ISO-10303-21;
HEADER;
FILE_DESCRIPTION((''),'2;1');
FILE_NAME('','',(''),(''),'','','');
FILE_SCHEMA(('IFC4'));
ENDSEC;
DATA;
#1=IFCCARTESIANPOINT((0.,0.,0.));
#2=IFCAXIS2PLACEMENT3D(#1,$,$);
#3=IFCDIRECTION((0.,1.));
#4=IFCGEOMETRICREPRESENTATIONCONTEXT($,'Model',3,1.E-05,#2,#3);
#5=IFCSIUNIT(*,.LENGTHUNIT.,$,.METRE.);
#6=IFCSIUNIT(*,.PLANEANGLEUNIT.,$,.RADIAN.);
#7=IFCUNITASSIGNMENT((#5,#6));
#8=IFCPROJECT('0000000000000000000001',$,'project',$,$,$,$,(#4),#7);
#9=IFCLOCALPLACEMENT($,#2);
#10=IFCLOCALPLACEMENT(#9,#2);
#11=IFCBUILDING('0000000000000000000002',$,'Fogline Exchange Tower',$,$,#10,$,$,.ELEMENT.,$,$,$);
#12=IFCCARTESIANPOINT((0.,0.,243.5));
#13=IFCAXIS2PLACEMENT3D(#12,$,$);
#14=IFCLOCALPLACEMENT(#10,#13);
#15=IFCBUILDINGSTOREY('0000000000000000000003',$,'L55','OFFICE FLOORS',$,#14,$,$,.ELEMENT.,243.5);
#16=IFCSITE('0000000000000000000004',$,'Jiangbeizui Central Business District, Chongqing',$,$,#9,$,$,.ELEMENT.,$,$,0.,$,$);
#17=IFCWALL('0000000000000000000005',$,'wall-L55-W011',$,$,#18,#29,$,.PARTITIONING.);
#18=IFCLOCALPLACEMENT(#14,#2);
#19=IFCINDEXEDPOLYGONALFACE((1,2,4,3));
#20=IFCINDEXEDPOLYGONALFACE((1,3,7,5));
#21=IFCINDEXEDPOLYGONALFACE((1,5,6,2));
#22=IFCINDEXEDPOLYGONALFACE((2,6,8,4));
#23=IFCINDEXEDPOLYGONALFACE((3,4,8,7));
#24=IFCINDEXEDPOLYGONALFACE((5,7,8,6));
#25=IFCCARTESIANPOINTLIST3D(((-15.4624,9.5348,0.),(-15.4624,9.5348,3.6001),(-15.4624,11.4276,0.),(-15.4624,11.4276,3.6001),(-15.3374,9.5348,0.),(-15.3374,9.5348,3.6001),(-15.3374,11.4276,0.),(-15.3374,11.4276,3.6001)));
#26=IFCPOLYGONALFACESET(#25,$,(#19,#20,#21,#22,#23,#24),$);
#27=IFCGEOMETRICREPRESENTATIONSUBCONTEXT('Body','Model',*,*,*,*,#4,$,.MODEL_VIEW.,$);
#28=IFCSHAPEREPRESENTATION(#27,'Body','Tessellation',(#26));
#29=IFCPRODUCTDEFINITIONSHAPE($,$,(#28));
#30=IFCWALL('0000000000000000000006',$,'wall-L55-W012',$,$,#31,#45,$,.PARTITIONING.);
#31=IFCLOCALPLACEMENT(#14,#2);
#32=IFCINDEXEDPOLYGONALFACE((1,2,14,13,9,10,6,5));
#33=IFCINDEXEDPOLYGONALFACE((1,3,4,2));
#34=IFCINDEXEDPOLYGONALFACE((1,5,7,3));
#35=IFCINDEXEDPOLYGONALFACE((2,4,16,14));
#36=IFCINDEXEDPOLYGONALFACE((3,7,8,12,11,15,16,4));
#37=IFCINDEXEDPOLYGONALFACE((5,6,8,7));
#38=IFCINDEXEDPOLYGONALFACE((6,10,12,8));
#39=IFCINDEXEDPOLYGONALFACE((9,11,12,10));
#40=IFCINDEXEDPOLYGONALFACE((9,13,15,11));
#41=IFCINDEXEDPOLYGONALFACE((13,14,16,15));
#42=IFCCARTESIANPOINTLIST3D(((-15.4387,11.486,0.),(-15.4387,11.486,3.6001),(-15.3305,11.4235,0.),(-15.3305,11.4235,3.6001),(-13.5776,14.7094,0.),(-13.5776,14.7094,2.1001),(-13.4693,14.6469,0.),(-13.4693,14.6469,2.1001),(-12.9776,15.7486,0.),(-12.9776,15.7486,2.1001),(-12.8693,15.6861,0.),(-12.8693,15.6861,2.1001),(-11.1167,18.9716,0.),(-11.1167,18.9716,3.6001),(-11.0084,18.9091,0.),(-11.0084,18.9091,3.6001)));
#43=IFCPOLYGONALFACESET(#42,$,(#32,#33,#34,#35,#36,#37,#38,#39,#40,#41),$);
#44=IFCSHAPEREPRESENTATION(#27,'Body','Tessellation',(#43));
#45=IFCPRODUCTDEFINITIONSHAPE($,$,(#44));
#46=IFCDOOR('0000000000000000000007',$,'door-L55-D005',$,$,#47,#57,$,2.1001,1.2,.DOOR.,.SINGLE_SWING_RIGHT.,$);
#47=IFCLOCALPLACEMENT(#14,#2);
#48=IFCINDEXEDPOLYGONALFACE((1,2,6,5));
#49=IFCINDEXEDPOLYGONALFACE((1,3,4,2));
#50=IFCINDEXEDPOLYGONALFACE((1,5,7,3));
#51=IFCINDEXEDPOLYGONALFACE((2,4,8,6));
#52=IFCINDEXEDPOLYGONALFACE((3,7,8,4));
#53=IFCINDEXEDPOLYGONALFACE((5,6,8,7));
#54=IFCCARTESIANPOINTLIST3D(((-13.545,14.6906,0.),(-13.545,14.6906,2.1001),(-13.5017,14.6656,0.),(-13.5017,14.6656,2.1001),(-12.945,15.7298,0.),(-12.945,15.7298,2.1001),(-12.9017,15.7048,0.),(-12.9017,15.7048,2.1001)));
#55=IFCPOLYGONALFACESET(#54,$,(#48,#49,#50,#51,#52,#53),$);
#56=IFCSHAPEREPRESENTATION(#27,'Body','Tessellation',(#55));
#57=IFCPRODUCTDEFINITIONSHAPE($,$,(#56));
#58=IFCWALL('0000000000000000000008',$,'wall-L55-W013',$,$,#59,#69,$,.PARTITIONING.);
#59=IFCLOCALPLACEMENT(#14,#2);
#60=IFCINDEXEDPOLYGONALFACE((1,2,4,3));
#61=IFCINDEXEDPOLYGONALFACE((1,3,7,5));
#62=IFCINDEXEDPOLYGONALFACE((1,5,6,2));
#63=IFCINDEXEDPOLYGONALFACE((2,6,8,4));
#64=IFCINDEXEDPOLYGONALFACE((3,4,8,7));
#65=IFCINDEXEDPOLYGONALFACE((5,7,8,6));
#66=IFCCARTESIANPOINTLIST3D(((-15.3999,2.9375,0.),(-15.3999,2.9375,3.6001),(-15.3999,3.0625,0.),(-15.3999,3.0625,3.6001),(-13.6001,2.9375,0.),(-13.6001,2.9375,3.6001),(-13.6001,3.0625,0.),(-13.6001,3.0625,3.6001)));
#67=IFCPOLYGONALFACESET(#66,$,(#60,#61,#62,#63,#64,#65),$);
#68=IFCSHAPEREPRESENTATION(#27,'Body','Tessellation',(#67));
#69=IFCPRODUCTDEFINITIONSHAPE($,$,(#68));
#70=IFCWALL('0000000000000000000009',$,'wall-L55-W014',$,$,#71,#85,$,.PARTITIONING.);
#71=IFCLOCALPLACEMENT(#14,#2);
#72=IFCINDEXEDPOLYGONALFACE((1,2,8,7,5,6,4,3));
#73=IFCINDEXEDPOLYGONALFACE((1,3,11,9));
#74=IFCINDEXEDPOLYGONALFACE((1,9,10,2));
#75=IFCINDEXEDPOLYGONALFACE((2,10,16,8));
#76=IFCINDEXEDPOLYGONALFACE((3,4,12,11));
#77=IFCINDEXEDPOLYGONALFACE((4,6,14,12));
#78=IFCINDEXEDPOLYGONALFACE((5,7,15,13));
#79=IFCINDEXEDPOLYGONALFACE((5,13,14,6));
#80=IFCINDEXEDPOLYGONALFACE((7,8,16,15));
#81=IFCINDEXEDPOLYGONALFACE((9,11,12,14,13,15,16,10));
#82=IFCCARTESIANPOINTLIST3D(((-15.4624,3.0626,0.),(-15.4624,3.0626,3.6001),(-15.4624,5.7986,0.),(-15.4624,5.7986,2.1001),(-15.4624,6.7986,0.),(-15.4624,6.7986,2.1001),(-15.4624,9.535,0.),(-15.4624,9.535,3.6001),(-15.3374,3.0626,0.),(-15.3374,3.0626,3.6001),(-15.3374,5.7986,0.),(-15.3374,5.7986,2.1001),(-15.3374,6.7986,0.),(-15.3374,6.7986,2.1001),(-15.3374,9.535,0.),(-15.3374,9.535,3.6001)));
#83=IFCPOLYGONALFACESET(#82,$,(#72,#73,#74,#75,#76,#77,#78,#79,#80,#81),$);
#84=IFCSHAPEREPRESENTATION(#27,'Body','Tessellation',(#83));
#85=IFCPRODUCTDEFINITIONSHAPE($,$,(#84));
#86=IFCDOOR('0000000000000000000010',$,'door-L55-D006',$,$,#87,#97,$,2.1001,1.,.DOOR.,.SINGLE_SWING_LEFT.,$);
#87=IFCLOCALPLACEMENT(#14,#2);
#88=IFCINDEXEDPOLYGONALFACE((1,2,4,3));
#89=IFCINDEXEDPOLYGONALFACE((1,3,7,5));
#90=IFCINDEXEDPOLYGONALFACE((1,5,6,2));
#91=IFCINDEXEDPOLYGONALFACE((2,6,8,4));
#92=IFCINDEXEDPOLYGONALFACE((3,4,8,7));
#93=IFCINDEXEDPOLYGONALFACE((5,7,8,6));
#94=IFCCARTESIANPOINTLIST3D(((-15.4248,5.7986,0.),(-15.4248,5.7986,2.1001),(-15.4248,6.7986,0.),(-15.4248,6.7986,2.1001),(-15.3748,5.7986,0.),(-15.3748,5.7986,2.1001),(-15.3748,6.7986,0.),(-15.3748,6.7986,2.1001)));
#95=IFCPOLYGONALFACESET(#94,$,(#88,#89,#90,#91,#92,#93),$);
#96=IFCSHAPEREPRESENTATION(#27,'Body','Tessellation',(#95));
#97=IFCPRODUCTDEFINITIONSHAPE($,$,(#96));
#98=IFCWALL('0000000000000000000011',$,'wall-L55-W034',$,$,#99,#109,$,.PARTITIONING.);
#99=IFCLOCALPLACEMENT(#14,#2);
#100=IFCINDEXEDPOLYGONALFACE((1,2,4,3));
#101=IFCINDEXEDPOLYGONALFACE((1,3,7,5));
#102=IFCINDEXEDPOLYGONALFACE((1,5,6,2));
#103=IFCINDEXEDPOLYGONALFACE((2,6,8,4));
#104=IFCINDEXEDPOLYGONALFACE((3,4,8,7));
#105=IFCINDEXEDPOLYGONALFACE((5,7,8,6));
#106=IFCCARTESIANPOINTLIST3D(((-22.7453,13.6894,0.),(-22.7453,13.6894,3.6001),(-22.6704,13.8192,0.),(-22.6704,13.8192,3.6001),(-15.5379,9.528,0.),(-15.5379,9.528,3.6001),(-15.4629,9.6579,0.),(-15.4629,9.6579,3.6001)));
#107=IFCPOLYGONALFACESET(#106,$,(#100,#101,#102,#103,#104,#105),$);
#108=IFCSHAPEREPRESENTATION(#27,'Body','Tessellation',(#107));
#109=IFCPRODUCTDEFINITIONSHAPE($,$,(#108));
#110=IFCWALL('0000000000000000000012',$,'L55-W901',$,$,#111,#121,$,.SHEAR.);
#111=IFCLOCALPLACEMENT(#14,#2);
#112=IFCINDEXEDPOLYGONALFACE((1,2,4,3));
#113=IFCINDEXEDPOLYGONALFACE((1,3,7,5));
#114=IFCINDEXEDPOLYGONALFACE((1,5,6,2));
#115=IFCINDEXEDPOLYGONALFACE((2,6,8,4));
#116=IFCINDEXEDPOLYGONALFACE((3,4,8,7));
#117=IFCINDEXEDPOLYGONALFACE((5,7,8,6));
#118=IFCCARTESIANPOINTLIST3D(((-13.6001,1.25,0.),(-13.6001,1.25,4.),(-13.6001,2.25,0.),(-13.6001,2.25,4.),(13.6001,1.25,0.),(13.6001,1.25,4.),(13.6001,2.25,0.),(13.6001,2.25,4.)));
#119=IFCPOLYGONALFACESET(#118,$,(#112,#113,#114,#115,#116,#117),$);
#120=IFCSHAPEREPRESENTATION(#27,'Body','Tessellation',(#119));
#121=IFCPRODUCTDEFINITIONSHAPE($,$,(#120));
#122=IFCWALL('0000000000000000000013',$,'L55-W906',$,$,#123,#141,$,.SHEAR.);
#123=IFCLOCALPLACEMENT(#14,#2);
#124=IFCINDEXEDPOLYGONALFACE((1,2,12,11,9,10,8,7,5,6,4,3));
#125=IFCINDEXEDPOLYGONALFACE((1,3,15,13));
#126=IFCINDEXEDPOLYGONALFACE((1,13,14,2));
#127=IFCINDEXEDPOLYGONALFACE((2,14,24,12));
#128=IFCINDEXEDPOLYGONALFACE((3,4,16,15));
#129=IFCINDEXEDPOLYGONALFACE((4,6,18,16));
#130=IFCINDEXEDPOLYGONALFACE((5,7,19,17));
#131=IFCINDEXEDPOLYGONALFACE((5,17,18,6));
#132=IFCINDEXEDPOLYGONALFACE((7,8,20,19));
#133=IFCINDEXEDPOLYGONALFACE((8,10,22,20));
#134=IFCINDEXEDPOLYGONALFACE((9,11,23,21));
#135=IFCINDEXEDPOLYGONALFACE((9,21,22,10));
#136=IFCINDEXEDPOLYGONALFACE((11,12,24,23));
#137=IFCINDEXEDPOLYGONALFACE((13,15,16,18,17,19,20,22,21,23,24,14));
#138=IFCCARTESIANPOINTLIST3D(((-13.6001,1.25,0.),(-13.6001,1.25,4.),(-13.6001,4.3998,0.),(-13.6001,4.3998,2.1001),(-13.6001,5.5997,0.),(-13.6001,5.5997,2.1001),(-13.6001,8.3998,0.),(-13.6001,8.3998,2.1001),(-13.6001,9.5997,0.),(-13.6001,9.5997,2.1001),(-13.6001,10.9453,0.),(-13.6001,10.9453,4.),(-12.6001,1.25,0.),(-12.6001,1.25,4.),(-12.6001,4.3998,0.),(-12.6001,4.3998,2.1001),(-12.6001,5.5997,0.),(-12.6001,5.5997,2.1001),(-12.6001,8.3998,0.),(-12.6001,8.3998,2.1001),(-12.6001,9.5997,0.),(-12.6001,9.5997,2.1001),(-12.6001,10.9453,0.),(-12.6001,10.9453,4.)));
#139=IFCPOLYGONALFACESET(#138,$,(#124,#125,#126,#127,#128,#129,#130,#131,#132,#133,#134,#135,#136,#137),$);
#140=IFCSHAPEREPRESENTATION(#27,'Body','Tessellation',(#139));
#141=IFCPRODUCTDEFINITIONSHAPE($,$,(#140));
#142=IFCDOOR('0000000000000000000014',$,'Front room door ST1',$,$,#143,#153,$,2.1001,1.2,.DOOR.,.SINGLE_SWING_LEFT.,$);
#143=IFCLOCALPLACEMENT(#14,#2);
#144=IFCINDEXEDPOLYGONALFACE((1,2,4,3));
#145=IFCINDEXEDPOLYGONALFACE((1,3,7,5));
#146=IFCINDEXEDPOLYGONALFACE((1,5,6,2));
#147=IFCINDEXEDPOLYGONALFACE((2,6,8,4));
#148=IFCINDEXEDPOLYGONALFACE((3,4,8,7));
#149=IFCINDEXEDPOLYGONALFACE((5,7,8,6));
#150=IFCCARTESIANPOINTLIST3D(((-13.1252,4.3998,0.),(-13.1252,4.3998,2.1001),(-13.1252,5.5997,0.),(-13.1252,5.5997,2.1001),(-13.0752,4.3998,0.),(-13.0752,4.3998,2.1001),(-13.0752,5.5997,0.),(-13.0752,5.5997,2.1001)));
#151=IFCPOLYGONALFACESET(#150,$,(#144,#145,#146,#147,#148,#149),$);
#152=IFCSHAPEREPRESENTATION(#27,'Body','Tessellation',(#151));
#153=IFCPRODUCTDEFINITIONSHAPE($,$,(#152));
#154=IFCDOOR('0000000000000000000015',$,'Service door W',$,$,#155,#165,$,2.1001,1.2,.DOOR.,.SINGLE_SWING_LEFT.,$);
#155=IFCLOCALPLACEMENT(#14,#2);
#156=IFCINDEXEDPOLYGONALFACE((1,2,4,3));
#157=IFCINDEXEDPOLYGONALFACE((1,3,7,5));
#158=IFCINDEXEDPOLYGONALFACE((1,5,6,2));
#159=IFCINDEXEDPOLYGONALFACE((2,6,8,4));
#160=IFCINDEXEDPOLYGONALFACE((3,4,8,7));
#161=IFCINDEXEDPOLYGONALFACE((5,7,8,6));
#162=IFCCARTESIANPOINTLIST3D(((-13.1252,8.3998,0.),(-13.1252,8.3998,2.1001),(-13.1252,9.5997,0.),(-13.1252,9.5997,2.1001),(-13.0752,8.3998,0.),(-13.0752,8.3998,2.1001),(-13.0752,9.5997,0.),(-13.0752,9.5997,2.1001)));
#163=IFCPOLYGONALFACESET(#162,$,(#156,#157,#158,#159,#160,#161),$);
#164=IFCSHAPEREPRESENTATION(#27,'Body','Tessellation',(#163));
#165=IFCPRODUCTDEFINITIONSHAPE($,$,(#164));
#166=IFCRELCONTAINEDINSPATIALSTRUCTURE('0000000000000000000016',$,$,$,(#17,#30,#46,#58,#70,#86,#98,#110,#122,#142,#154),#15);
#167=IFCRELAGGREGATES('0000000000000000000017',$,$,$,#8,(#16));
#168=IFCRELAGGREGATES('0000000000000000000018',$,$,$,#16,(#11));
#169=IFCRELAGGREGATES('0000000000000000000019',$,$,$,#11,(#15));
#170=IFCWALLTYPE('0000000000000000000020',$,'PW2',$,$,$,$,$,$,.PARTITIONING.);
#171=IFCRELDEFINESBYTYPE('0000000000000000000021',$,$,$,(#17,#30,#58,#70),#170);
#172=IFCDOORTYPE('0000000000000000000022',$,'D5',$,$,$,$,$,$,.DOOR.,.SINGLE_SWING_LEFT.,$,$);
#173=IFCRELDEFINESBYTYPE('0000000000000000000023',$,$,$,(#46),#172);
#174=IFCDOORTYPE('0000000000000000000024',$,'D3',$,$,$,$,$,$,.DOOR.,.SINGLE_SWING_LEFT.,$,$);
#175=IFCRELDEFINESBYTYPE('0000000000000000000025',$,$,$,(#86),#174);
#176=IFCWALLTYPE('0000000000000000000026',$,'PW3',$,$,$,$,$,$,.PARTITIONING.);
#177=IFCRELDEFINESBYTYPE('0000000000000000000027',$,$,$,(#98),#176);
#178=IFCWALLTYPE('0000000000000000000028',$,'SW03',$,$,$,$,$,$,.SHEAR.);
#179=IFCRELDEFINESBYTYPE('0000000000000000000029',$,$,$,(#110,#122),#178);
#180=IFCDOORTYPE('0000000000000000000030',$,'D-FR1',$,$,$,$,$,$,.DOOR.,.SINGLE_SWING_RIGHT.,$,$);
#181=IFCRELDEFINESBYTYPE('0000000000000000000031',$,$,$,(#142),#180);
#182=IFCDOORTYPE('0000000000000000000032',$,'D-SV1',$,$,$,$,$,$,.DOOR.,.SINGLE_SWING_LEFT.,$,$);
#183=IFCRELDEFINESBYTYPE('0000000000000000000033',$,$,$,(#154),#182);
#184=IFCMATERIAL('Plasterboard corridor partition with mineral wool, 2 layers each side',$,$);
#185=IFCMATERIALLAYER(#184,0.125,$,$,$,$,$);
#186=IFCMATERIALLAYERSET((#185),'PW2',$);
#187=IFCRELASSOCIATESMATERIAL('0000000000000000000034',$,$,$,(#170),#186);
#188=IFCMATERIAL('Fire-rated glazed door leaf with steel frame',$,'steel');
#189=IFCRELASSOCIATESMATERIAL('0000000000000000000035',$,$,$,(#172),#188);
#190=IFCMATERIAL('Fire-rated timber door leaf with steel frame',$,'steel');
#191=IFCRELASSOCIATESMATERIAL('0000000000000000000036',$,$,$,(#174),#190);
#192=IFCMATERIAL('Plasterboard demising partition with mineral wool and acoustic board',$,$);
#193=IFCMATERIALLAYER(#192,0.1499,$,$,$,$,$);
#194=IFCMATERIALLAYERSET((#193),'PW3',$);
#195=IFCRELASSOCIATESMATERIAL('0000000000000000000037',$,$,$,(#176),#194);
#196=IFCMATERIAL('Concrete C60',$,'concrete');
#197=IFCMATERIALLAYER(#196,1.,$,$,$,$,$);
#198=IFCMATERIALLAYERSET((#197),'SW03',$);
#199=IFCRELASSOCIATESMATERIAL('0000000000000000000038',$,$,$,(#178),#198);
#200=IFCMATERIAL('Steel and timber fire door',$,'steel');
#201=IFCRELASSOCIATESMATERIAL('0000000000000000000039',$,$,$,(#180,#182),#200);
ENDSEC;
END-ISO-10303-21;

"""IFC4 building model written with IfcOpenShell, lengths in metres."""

from ifc_helpers import new_model, si_unit, direction, frame, frame_2d, origin, place, context, subcontext, project, spatial, rectangle, extrude, material, layer, layer_set, type_object, element, fill, save


model = new_model("IFC4")

# Units and contexts
model_context = context("Model", 3, precision=1e-05, world=origin(), true_north=direction((0.0, 1.0)))
body_context = subcontext(model_context, "Body", "Model", "MODEL_VIEW")
ifc_project = project(units=[si_unit("LENGTHUNIT", "METRE"), si_unit("PLANEANGLEUNIT", "RADIAN")], contexts=[model_context])

# Site, building, storey
site_placement = place(None, origin())
site = spatial("IfcSite", under=ifc_project, at=site_placement, Name="Jiangbeizui Central Business District, Chongqing", CompositionType="ELEMENT", RefElevation=0.0)
building_placement = place(site_placement, origin())
building = spatial("IfcBuilding", under=site, at=building_placement, Name="Fogline Exchange Tower", CompositionType="ELEMENT")
storey_placement = place(building_placement, frame((0.0, 0.0, 243.5)))
storey = spatial("IfcBuildingStorey", under=building, at=storey_placement, Name="L55", Description="OFFICE FLOORS", CompositionType="ELEMENT", Elevation=243.5)

# Shared definitions
ifc_material_1 = material(Name="Steel and timber fire door", Category="steel")

# Wall
ifc_material_2 = material(Name="Plasterboard corridor partition with mineral wool, 2 layers each side")
ifc_layer_1 = layer(ifc_material_2, 0.125)
ifc_layer_set_1 = layer_set([ifc_layer_1], Name="PW2")
wall_type_1 = type_object("IfcWallType", Name="PW2", PredefinedType="PARTITIONING", material=ifc_layer_set_1)
wall_1_placement = place(storey_placement, frame((-15.3999, 9.5349, 0.0), z_axis=(0.0, 0.0, 1.0), x_axis=(0.0, 1.0, 0.0)))
element("IfcWall", 1, at=wall_1_placement, inside=storey, type_object=wall_type_1, Name="wall-L55-W011", PredefinedType="PARTITIONING", context=body_context, shape_type="SweptSolid", body=[
    extrude(rectangle(XDim=1.8928, YDim=0.125, at=frame_2d((0.9463, 0.0))), origin(), (0.0, 0.0, 1.0), 3.6001),
])

# Wall, opening, door
wall_2_placement = place(storey_placement, frame((-15.3845, 11.4548, 0.0), z_axis=(0.0, 0.0, 1.0), x_axis=(0.500018, 0.866015, 0.0)))
wall_2 = element("IfcWall", 2, at=wall_2_placement, inside=storey, type_object=wall_type_1, Name="wall-L55-W012", PredefinedType="PARTITIONING", context=body_context, shape_type="SweptSolid", body=[
    extrude(rectangle(XDim=8.6438, YDim=0.125, at=frame_2d((4.3218, 0.0))), origin(), (0.0, 0.0, 1.0), 3.6001),
])
opening_1_placement = place(wall_2_placement, frame((3.7219, 0.0, 0.0)))
opening_1 = element("IfcOpeningElement", 3, at=opening_1_placement, cuts=wall_2, PredefinedType="OPENING", context=body_context, shape_type="SweptSolid", body=[
    extrude(rectangle(XDim=1.2, YDim=2.1001, at=frame_2d((0.6001, 1.05))), frame((0.0, 0.0725, 0.0), z_axis=(0.0, -1.0, 0.0), x_axis=(1.0, 0.0, 0.0)), (0.0, 0.0, 1.0), 0.145),
])
ifc_material_3 = material(Name="Fire-rated glazed door leaf with steel frame", Category="steel")
door_type_1 = type_object("IfcDoorType", Name="D5", OperationType="SINGLE_SWING_LEFT", PredefinedType="DOOR", material=ifc_material_3)
door_1_placement = place(opening_1_placement, origin())
door_1 = element("IfcDoor", 4, at=door_1_placement, inside=storey, type_object=door_type_1, Name="door-L55-D005", OperationType="SINGLE_SWING_RIGHT", OverallHeight=2.1001, OverallWidth=1.2, PredefinedType="DOOR", context=body_context, shape_type="SweptSolid", body=[
    extrude(rectangle(XDim=1.2, YDim=2.1001, at=frame_2d((0.6001, 1.05))), frame((0.0, 0.0249, 0.0), z_axis=(0.0, -1.0, 0.0), x_axis=(1.0, 0.0, 0.0)), (0.0, 0.0, 1.0), 0.05),
])
fill(opening_1, door_1)

# Wall
wall_3_placement = place(storey_placement, frame((-13.6001, 3.0, 0.0), z_axis=(0.0, 0.0, 1.0), x_axis=(-1.0, 0.0, 0.0)))
element("IfcWall", 5, at=wall_3_placement, inside=storey, type_object=wall_type_1, Name="wall-L55-W013", PredefinedType="PARTITIONING", context=body_context, shape_type="SweptSolid", body=[
    extrude(rectangle(XDim=1.7998, YDim=0.125, at=frame_2d((0.8999, 0.0))), origin(), (0.0, 0.0, 1.0), 3.6001),
])

# Wall, opening, door
wall_4_placement = place(storey_placement, frame((-15.3999, 3.0625, 0.0), z_axis=(0.0, 0.0, 1.0), x_axis=(0.0, 1.0, 0.0)))
wall_4 = element("IfcWall", 6, at=wall_4_placement, inside=storey, type_object=wall_type_1, Name="wall-L55-W014", PredefinedType="PARTITIONING", context=body_context, shape_type="SweptSolid", body=[
    extrude(rectangle(XDim=6.4724, YDim=0.125, at=frame_2d((3.2363, 0.0))), origin(), (0.0, 0.0, 1.0), 3.6001),
])
opening_2_placement = place(wall_4_placement, frame((2.7361, 0.0, 0.0)))
opening_2 = element("IfcOpeningElement", 7, at=opening_2_placement, cuts=wall_4, PredefinedType="OPENING", context=body_context, shape_type="SweptSolid", body=[
    extrude(rectangle(XDim=1.0, YDim=2.1001, at=frame_2d((0.5, 1.05))), frame((0.0, 0.0725, 0.0), z_axis=(0.0, -1.0, 0.0), x_axis=(1.0, 0.0, 0.0)), (0.0, 0.0, 1.0), 0.145),
])
ifc_material_4 = material(Name="Fire-rated timber door leaf with steel frame", Category="steel")
door_type_2 = type_object("IfcDoorType", Name="D3", OperationType="SINGLE_SWING_LEFT", PredefinedType="DOOR", material=ifc_material_4)
door_2_placement = place(opening_2_placement, origin())
door_2 = element("IfcDoor", 8, at=door_2_placement, inside=storey, type_object=door_type_2, Name="door-L55-D006", OperationType="SINGLE_SWING_LEFT", OverallHeight=2.1001, OverallWidth=1.0, PredefinedType="DOOR", context=body_context, shape_type="SweptSolid", body=[
    extrude(rectangle(XDim=1.0, YDim=2.1001, at=frame_2d((0.5, 1.05))), frame((0.0, 0.0249, 0.0), z_axis=(0.0, -1.0, 0.0), x_axis=(1.0, 0.0, 0.0)), (0.0, 0.0, 1.0), 0.05),
])
fill(opening_2, door_2)

# Walls
ifc_material_5 = material(Name="Plasterboard demising partition with mineral wool and acoustic board")
ifc_layer_2 = layer(ifc_material_5, 0.1499)
ifc_layer_set_2 = layer_set([ifc_layer_2], Name="PW3")
wall_type_2 = type_object("IfcWallType", Name="PW3", PredefinedType="PARTITIONING", material=ifc_layer_set_2)
wall_5_placement = place(storey_placement, frame((-15.5005, 9.593, 0.0), z_axis=(0.0, 0.0, 1.0), x_axis=(-0.866019, 0.50001, 0.0)))
element("IfcWall", 9, at=wall_5_placement, inside=storey, type_object=wall_type_2, Name="wall-L55-W034", PredefinedType="PARTITIONING", context=body_context, shape_type="SweptSolid", body=[
    extrude(rectangle(XDim=8.3225, YDim=0.1499, at=frame_2d((4.1611, 0.0))), origin(), (0.0, 0.0, 1.0), 3.6001),
])
ifc_material_6 = material(Name="Concrete C60", Category="concrete")
ifc_layer_3 = layer(ifc_material_6, 1.0)
ifc_layer_set_3 = layer_set([ifc_layer_3], Name="SW03")
wall_type_3 = type_object("IfcWallType", Name="SW03", PredefinedType="SHEAR", material=ifc_layer_set_3)
wall_6_placement = place(storey_placement, frame((-13.6001, 1.75, 0.0), z_axis=(0.0, 0.0, 1.0), x_axis=(1.0, 0.0, 0.0)))
element("IfcWall", 10, at=wall_6_placement, inside=storey, type_object=wall_type_3, Name="L55-W901", PredefinedType="SHEAR", context=body_context, shape_type="SweptSolid", body=[
    extrude(rectangle(XDim=27.2002, YDim=1.0, at=frame_2d((13.6001, 0.0))), origin(), (0.0, 0.0, 1.0), 4.0),
])

# Wall, openings, doors
wall_7_placement = place(storey_placement, frame((-13.1001, 10.9453, 0.0), z_axis=(0.0, 0.0, 1.0), x_axis=(0.0, -1.0, 0.0)))
wall_7 = element("IfcWall", 11, at=wall_7_placement, inside=storey, type_object=wall_type_3, Name="L55-W906", PredefinedType="SHEAR", context=body_context, shape_type="SweptSolid", body=[
    extrude(rectangle(XDim=9.6953, YDim=1.0, at=frame_2d((4.8477, 0.0))), origin(), (0.0, 0.0, 1.0), 4.0),
])
opening_3_placement = place(wall_7_placement, frame((5.3455, 0.0, 0.0)))
opening_3 = element("IfcOpeningElement", 12, at=opening_3_placement, cuts=wall_7, PredefinedType="OPENING", context=body_context, shape_type="SweptSolid", body=[
    extrude(rectangle(XDim=1.2, YDim=2.1001, at=frame_2d((0.6001, 1.05))), frame((0.0, 0.51, 0.0), z_axis=(0.0, -1.0, 0.0), x_axis=(1.0, 0.0, 0.0)), (0.0, 0.0, 1.0), 1.02),
])
opening_4_placement = place(wall_7_placement, frame((1.3455, 0.0, 0.0)))
opening_4 = element("IfcOpeningElement", 13, at=opening_4_placement, cuts=wall_7, PredefinedType="OPENING", context=body_context, shape_type="SweptSolid", body=[
    extrude(rectangle(XDim=1.2, YDim=2.1001, at=frame_2d((0.6001, 1.05))), frame((0.0, 0.51, 0.0), z_axis=(0.0, -1.0, 0.0), x_axis=(1.0, 0.0, 0.0)), (0.0, 0.0, 1.0), 1.02),
])
door_type_3 = type_object("IfcDoorType", Name="D-FR1", OperationType="SINGLE_SWING_RIGHT", PredefinedType="DOOR", material=ifc_material_1)
door_3_placement = place(opening_3_placement, origin())
door_3 = element("IfcDoor", 14, at=door_3_placement, inside=storey, type_object=door_type_3, Name="Front room door ST1", OperationType="SINGLE_SWING_LEFT", OverallHeight=2.1001, OverallWidth=1.2, PredefinedType="DOOR", context=body_context, shape_type="SweptSolid", body=[
    extrude(rectangle(XDim=1.2, YDim=2.1001, at=frame_2d((0.6001, 1.05))), frame((0.0, 0.0249, 0.0), z_axis=(0.0, -1.0, 0.0), x_axis=(1.0, 0.0, 0.0)), (0.0, 0.0, 1.0), 0.05),
])
fill(opening_3, door_3)
door_type_4 = type_object("IfcDoorType", Name="D-SV1", OperationType="SINGLE_SWING_LEFT", PredefinedType="DOOR", material=ifc_material_1)
door_4_placement = place(opening_4_placement, origin())
door_4 = element("IfcDoor", 15, at=door_4_placement, inside=storey, type_object=door_type_4, Name="Service door W", OperationType="SINGLE_SWING_LEFT", OverallHeight=2.1001, OverallWidth=1.2, PredefinedType="DOOR", context=body_context, shape_type="SweptSolid", body=[
    extrude(rectangle(XDim=1.2, YDim=2.1001, at=frame_2d((0.6001, 1.05))), frame((0.0, 0.0249, 0.0), z_axis=(0.0, -1.0, 0.0), x_axis=(1.0, 0.0, 0.0)), (0.0, 0.0, 1.0), 0.05),
])
fill(opening_4, door_4)

save(model, "model.ifc")
